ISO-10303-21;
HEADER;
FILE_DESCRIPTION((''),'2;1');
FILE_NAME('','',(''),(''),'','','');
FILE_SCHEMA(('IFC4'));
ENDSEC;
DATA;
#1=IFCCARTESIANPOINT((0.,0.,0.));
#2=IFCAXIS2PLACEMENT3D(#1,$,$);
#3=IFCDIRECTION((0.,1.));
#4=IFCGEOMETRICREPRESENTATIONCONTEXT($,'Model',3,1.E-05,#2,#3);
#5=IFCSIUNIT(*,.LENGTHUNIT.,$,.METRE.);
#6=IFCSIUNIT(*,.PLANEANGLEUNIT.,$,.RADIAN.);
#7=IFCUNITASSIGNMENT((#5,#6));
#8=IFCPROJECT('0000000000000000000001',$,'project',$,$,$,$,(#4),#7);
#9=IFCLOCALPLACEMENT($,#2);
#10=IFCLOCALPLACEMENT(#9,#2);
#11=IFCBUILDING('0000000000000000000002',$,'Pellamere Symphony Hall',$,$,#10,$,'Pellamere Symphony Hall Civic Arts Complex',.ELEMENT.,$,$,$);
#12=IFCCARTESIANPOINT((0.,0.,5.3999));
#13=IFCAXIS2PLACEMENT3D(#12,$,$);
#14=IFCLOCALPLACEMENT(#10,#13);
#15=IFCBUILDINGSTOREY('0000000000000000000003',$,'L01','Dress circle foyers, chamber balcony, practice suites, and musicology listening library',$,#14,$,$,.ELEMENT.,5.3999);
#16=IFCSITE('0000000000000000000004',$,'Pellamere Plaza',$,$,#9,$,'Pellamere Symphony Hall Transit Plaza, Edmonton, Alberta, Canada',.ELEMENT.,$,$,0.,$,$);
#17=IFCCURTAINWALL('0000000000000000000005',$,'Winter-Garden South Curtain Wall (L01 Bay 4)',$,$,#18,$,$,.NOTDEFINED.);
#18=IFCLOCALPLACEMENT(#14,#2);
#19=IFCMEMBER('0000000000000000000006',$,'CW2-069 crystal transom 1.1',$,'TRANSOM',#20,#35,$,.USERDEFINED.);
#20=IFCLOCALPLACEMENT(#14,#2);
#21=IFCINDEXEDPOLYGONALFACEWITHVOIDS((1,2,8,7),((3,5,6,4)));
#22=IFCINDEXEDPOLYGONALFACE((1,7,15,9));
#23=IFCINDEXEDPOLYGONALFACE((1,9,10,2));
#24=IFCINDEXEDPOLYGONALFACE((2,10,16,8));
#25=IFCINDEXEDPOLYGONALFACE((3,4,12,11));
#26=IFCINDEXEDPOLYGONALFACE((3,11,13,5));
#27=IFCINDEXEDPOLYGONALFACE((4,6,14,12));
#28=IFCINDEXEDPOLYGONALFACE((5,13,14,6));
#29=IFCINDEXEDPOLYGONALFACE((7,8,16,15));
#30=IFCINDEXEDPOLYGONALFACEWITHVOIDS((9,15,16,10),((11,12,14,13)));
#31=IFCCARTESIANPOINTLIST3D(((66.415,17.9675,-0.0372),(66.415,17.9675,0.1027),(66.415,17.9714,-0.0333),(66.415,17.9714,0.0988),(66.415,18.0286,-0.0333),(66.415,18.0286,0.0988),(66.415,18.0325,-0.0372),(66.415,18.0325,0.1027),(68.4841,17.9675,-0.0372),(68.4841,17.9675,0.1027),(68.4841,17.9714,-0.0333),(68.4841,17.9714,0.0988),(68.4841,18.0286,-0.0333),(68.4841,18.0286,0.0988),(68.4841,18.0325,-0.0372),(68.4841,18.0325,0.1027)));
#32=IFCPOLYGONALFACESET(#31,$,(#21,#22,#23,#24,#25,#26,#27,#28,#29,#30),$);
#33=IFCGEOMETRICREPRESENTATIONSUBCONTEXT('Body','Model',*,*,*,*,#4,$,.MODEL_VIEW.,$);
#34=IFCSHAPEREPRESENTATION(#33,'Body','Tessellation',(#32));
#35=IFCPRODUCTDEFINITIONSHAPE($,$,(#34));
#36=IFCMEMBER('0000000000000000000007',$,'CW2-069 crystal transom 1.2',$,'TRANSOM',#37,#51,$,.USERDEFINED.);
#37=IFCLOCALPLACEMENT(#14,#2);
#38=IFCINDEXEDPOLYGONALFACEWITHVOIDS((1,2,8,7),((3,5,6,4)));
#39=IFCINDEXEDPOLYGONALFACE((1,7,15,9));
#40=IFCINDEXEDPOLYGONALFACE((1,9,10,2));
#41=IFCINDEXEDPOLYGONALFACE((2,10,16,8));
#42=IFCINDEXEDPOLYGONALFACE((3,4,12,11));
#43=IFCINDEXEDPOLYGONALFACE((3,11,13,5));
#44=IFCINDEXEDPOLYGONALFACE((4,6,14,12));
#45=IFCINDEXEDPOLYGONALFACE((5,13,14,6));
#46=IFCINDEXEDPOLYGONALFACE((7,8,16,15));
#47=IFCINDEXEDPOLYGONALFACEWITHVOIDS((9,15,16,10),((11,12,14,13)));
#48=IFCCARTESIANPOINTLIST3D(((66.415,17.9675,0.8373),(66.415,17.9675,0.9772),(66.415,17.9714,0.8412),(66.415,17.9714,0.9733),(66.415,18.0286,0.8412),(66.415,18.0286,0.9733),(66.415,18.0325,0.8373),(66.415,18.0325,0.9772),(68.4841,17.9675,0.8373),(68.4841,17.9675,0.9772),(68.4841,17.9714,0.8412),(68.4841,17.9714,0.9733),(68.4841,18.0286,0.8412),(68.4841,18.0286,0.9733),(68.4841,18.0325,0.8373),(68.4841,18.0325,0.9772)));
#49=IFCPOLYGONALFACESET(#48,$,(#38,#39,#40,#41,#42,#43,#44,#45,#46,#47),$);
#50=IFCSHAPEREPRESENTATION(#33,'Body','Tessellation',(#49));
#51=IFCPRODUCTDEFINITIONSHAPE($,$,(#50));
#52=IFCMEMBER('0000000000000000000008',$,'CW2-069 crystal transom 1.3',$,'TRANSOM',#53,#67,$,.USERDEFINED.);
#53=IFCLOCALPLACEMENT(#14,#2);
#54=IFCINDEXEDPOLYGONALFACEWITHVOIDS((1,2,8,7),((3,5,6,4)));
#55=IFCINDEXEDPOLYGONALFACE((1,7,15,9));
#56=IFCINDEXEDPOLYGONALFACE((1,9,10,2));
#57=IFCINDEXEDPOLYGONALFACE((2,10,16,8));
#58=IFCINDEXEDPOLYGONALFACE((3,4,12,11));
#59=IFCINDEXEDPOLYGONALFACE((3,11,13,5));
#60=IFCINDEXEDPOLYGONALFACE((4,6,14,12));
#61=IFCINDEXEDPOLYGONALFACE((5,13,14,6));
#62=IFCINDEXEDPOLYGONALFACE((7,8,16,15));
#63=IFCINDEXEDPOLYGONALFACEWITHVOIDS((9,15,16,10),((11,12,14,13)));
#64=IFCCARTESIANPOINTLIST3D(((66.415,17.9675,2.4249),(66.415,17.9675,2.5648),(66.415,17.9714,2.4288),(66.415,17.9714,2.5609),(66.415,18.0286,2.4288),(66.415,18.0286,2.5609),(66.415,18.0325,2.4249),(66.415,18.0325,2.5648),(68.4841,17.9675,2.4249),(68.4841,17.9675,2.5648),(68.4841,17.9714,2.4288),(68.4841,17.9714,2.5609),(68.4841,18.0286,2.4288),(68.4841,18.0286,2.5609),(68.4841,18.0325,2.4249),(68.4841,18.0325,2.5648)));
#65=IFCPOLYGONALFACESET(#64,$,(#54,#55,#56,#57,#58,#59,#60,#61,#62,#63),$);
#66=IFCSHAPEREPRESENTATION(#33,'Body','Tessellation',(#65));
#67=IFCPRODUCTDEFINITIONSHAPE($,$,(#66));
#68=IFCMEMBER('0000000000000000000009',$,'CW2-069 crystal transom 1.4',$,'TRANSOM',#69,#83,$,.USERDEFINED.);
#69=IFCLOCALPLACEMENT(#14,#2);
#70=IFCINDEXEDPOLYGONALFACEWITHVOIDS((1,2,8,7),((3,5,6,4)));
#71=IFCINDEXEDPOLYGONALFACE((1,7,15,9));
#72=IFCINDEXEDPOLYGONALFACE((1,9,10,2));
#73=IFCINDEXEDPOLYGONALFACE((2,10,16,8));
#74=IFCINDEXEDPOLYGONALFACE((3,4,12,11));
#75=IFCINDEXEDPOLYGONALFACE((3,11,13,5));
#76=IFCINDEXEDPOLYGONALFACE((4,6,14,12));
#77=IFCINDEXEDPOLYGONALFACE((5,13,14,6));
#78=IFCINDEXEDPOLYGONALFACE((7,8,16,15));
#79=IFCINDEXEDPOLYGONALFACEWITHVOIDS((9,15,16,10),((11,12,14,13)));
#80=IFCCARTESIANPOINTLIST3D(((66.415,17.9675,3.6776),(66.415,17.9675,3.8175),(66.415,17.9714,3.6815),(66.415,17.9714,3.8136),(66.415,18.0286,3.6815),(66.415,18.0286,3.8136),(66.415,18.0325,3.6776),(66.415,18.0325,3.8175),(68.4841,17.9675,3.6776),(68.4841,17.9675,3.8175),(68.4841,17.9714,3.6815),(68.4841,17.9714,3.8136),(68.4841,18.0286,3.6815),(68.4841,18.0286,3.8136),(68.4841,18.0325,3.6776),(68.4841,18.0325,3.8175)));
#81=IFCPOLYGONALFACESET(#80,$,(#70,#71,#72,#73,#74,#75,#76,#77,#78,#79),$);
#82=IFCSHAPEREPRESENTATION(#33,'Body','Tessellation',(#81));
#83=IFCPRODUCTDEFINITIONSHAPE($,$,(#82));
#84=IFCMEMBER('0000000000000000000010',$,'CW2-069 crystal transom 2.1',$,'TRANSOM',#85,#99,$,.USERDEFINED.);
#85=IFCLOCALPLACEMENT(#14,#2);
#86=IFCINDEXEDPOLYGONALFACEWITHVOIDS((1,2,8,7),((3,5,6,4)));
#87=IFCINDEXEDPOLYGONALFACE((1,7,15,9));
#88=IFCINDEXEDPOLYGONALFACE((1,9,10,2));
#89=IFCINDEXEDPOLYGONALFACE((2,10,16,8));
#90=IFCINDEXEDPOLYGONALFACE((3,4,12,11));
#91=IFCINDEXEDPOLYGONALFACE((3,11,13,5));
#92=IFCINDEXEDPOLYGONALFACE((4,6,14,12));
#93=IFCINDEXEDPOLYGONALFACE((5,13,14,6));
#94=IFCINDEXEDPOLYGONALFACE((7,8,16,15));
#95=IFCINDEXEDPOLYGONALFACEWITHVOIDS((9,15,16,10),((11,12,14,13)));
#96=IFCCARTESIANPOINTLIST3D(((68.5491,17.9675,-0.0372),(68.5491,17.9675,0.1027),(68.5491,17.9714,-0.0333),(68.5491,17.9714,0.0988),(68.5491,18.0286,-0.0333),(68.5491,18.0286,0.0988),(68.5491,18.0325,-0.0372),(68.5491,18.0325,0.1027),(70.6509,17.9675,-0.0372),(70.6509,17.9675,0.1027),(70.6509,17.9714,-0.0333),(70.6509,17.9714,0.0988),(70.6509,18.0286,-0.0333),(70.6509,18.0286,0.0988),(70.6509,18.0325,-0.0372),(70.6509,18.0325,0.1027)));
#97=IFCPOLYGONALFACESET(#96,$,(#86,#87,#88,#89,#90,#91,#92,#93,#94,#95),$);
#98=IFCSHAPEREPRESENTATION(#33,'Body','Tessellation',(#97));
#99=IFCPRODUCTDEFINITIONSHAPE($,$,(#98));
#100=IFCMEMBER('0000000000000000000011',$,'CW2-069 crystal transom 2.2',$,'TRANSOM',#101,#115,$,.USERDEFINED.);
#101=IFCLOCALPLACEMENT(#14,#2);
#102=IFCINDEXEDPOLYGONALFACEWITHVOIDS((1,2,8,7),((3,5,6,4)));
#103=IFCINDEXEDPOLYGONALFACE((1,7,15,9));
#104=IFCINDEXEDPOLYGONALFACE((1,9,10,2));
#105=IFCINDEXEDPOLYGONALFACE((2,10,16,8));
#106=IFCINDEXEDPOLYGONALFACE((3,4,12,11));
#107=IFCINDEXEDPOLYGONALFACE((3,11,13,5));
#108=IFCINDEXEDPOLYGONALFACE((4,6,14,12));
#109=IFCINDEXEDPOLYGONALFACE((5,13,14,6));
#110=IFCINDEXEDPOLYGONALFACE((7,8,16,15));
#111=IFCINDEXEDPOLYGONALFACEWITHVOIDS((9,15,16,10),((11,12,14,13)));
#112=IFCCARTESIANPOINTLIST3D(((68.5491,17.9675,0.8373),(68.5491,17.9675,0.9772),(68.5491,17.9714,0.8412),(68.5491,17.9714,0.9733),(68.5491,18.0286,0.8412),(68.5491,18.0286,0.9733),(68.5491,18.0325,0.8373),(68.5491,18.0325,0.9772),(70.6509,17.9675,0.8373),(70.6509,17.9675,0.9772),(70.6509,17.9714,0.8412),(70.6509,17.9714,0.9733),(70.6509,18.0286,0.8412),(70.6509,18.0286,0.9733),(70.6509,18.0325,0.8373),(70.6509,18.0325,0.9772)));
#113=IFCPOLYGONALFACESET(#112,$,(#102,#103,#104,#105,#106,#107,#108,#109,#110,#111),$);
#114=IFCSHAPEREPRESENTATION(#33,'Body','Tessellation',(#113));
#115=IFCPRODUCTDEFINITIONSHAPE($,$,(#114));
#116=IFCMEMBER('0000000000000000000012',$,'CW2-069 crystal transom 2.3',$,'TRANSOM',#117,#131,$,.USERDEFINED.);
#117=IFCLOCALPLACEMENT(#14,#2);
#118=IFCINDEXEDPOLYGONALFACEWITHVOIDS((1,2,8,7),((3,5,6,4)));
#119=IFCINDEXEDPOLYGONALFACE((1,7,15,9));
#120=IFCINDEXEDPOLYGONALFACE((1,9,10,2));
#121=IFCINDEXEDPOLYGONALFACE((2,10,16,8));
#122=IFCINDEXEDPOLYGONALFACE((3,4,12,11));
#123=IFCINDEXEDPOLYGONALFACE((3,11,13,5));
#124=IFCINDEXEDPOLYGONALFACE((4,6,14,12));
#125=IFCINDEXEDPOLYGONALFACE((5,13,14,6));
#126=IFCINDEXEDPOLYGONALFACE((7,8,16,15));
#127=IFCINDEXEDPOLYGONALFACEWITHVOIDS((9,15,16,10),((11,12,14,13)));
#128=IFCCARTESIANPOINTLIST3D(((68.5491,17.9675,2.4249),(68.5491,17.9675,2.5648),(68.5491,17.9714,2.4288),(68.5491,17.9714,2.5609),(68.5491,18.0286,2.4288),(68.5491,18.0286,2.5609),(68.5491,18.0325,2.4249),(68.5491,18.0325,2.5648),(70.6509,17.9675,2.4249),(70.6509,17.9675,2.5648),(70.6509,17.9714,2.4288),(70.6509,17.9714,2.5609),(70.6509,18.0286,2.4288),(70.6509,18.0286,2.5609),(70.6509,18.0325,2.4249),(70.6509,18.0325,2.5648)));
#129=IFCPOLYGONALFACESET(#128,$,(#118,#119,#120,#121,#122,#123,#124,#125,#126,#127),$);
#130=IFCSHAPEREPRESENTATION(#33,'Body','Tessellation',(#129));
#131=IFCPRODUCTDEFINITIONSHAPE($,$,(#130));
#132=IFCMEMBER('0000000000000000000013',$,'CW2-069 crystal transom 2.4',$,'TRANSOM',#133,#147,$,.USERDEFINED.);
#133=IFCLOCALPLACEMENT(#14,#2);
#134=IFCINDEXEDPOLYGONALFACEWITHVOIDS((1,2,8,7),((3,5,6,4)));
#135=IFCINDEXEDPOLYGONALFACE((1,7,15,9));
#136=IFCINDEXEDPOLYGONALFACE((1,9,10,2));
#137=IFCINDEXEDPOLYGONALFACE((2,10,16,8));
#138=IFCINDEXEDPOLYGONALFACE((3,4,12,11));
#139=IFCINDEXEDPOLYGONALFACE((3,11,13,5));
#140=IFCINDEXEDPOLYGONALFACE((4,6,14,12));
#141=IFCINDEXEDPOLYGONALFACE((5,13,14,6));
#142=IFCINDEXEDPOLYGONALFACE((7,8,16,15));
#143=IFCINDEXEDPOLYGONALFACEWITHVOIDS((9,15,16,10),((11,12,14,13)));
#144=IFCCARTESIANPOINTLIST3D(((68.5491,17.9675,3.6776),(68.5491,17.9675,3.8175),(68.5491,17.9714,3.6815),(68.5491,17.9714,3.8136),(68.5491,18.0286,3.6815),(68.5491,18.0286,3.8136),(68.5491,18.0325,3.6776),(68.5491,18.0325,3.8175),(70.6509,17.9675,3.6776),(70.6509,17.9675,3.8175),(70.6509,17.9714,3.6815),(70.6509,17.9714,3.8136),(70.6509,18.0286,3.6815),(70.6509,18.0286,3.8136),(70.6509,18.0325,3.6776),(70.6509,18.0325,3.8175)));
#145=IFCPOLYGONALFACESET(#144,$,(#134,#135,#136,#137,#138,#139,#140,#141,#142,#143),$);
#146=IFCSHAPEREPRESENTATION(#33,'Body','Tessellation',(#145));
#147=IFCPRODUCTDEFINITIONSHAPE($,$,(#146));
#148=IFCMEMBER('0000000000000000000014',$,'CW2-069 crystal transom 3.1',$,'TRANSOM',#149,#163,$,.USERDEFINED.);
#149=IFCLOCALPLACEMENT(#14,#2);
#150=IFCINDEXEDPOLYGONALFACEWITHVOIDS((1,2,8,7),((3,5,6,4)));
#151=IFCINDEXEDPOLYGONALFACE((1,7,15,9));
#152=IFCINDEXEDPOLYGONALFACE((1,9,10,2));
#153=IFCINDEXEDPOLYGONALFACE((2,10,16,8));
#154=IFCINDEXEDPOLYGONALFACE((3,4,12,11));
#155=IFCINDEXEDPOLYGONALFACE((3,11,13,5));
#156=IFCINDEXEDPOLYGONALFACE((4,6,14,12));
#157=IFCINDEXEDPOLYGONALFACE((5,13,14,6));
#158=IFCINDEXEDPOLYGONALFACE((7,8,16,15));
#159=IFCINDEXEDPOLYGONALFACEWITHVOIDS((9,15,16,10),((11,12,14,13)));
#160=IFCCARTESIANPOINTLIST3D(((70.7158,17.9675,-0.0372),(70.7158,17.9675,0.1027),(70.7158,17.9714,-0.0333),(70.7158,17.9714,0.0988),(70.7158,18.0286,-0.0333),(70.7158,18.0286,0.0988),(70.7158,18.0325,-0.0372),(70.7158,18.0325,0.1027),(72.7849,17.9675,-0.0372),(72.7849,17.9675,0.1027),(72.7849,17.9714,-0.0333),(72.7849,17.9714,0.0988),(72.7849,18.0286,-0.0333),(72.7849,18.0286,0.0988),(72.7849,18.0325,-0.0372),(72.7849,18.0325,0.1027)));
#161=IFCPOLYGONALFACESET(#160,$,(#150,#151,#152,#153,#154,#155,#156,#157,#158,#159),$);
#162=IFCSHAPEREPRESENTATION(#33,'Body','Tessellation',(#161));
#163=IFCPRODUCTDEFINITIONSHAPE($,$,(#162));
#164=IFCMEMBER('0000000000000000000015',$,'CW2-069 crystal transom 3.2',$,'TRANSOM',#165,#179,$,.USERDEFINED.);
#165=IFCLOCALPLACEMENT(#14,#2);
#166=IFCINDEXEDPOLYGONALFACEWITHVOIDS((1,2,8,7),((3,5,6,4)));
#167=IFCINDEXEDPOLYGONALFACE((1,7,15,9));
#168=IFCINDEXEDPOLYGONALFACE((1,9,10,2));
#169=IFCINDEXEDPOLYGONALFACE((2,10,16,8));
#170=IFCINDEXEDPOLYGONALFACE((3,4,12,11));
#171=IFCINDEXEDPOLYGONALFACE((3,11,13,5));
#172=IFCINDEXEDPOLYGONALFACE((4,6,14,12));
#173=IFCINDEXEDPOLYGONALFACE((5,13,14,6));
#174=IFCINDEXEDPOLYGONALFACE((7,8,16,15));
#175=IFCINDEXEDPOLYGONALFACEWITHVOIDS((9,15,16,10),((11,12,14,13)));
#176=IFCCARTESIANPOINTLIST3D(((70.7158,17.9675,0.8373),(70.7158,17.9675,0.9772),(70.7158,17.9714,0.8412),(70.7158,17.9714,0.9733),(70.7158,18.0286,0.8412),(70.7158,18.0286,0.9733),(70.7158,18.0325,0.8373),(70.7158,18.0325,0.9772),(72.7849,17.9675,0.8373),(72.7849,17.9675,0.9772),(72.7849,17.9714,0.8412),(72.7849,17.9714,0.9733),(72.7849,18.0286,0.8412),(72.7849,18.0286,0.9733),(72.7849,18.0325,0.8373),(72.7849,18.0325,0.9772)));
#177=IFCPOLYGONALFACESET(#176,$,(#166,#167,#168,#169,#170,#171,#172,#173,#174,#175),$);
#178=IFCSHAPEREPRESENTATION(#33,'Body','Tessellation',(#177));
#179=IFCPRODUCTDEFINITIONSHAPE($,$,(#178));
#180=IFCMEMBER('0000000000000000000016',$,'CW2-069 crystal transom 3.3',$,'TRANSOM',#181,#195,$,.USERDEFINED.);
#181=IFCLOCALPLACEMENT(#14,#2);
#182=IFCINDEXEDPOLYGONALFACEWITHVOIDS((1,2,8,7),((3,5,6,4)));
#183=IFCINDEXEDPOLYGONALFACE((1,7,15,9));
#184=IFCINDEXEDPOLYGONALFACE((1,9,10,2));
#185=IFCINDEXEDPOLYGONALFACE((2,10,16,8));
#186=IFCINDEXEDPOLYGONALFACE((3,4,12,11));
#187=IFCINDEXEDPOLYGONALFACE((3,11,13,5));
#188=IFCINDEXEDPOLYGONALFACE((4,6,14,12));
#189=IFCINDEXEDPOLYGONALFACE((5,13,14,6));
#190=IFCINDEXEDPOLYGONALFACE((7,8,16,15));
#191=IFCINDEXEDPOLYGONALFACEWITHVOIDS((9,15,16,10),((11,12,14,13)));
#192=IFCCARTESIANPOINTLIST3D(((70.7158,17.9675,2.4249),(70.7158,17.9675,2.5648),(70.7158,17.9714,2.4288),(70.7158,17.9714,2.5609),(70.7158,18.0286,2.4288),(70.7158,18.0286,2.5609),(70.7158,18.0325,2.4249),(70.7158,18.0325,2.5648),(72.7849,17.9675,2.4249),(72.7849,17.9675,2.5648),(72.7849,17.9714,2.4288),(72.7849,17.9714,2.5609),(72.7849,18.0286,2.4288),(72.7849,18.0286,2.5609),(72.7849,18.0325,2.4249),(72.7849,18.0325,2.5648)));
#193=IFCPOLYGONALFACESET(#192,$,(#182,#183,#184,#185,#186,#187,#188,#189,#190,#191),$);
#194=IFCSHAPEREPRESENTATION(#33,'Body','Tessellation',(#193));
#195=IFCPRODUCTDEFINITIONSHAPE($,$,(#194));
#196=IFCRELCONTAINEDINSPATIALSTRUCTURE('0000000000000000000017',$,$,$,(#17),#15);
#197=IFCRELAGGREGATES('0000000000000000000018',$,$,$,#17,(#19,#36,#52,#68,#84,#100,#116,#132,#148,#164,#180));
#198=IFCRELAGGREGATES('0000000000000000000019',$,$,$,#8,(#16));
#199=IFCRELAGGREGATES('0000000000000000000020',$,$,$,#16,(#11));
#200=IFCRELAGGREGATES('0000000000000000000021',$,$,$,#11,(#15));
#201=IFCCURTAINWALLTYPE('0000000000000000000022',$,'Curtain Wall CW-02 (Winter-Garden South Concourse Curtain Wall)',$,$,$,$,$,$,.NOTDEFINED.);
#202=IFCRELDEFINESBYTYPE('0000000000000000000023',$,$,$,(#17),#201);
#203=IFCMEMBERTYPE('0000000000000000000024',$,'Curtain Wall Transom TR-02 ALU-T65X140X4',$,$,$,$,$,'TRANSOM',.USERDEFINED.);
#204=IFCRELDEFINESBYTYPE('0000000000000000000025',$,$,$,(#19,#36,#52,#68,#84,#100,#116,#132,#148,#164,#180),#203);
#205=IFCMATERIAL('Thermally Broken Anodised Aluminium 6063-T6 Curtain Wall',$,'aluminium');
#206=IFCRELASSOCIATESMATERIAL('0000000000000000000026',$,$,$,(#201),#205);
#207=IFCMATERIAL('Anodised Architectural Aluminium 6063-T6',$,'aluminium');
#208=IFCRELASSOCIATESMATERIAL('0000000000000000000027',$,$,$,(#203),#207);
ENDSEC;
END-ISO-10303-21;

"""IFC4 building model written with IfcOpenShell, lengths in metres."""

from ifc_helpers import new_model, si_unit, direction, frame, origin, origin_2d, place, context, subcontext, project, spatial, hollow_rectangle, extrude, material, material_profile, profile_set, type_object, element, aggregate, save


model = new_model("IFC4")

# Units and contexts
model_context = context("Model", 3, precision=1e-05, world=origin(), true_north=direction((0.0, 1.0)))
body_context = subcontext(model_context, "Body", "Model", "MODEL_VIEW")
ifc_project = project(units=[si_unit("LENGTHUNIT", "METRE"), si_unit("PLANEANGLEUNIT", "RADIAN")], contexts=[model_context])

# Site, building, storey
site_placement = place(None, origin())
site = spatial("IfcSite", under=ifc_project, at=site_placement, Name="Pellamere Plaza", LongName="Pellamere Symphony Hall Transit Plaza, Edmonton, Alberta, Canada", CompositionType="ELEMENT", RefElevation=0.0)
building_placement = place(site_placement, origin())
building = spatial("IfcBuilding", under=site, at=building_placement, Name="Pellamere Symphony Hall", LongName="Pellamere Symphony Hall Civic Arts Complex", CompositionType="ELEMENT")
storey_placement = place(building_placement, frame((0.0, 0.0, 5.3999)))
storey = spatial("IfcBuildingStorey", under=building, at=storey_placement, Name="L01", Description="Dress circle foyers, chamber balcony, practice suites, and musicology listening library", CompositionType="ELEMENT", Elevation=5.3999)

# Curtain wall, members
ifc_material_1 = material(Name="Thermally Broken Anodised Aluminium 6063-T6 Curtain Wall", Category="aluminium")
curtain_wall_type = type_object("IfcCurtainWallType", Name="Curtain Wall CW-02 (Winter-Garden South Concourse Curtain Wall)", PredefinedType="NOTDEFINED", material=ifc_material_1)
curtain_wall_placement = place(storey_placement, origin())
curtain_wall = element("IfcCurtainWall", 1, at=curtain_wall_placement, inside=storey, type_object=curtain_wall_type, Name="Winter-Garden South Curtain Wall (L01 Bay 4)", PredefinedType="NOTDEFINED")
ifc_material_2 = material(Name="Anodised Architectural Aluminium 6063-T6", Category="aluminium")
ifc_material_profile_1 = material_profile(ifc_material_2, hollow_rectangle(XDim=0.0649, YDim=0.1399, WallThickness=0.0039, at=origin_2d()), Name="ALU-T65X140X4")
ifc_profile_set_1 = profile_set([ifc_material_profile_1], Name="Anodised Architectural Aluminium 6063-T6")
member_type_1 = type_object("IfcMemberType", Name="Curtain Wall Transom TR-02 ALU-T65X140X4", ElementType="TRANSOM", PredefinedType="USERDEFINED", material=ifc_profile_set_1)
member_1_placement = place(storey_placement, frame((66.415, 18.0, 0.0327), z_axis=(1.0, 0.0, 0.0), x_axis=(0.0, 1.0, 0.0)))
member_1 = element("IfcMember", 2, at=member_1_placement, type_object=member_type_1, Name="CW2-069 crystal transom 1.1", ObjectType="TRANSOM", PredefinedType="USERDEFINED", context=body_context, shape_type="SweptSolid", body=[
    extrude(hollow_rectangle(XDim=0.0649, YDim=0.1399, WallThickness=0.0039, at=origin_2d()), origin(), (0.0, 0.0, 1.0), 2.0691),
])
member_2_placement = place(storey_placement, frame((66.415, 18.0, 0.9072), z_axis=(1.0, 0.0, 0.0), x_axis=(0.0, 1.0, 0.0)))
member_2 = element("IfcMember", 3, at=member_2_placement, type_object=member_type_1, Name="CW2-069 crystal transom 1.2", ObjectType="TRANSOM", PredefinedType="USERDEFINED", context=body_context, shape_type="SweptSolid", body=[
    extrude(hollow_rectangle(XDim=0.0649, YDim=0.1399, WallThickness=0.0039, at=origin_2d()), origin(), (0.0, 0.0, 1.0), 2.0691),
])
member_3_placement = place(storey_placement, frame((66.415, 18.0, 2.4949), z_axis=(1.0, 0.0, 0.0), x_axis=(0.0, 1.0, 0.0)))
member_3 = element("IfcMember", 4, at=member_3_placement, type_object=member_type_1, Name="CW2-069 crystal transom 1.3", ObjectType="TRANSOM", PredefinedType="USERDEFINED", context=body_context, shape_type="SweptSolid", body=[
    extrude(hollow_rectangle(XDim=0.0649, YDim=0.1399, WallThickness=0.0039, at=origin_2d()), origin(), (0.0, 0.0, 1.0), 2.0691),
])
member_4_placement = place(storey_placement, frame((66.415, 18.0, 3.7476), z_axis=(1.0, 0.0, 0.0), x_axis=(0.0, 1.0, 0.0)))
member_4 = element("IfcMember", 5, at=member_4_placement, type_object=member_type_1, Name="CW2-069 crystal transom 1.4", ObjectType="TRANSOM", PredefinedType="USERDEFINED", context=body_context, shape_type="SweptSolid", body=[
    extrude(hollow_rectangle(XDim=0.0649, YDim=0.1399, WallThickness=0.0039, at=origin_2d()), origin(), (0.0, 0.0, 1.0), 2.0691),
])
member_5_placement = place(storey_placement, frame((68.5491, 18.0, 0.0327), z_axis=(1.0, 0.0, 0.0), x_axis=(0.0, 1.0, 0.0)))
member_5 = element("IfcMember", 6, at=member_5_placement, type_object=member_type_1, Name="CW2-069 crystal transom 2.1", ObjectType="TRANSOM", PredefinedType="USERDEFINED", context=body_context, shape_type="SweptSolid", body=[
    extrude(hollow_rectangle(XDim=0.0649, YDim=0.1399, WallThickness=0.0039, at=origin_2d()), origin(), (0.0, 0.0, 1.0), 2.1018),
])
member_6_placement = place(storey_placement, frame((68.5491, 18.0, 0.9072), z_axis=(1.0, 0.0, 0.0), x_axis=(0.0, 1.0, 0.0)))
member_6 = element("IfcMember", 7, at=member_6_placement, type_object=member_type_1, Name="CW2-069 crystal transom 2.2", ObjectType="TRANSOM", PredefinedType="USERDEFINED", context=body_context, shape_type="SweptSolid", body=[
    extrude(hollow_rectangle(XDim=0.0649, YDim=0.1399, WallThickness=0.0039, at=origin_2d()), origin(), (0.0, 0.0, 1.0), 2.1018),
])
member_7_placement = place(storey_placement, frame((68.5491, 18.0, 2.4949), z_axis=(1.0, 0.0, 0.0), x_axis=(0.0, 1.0, 0.0)))
member_7 = element("IfcMember", 8, at=member_7_placement, type_object=member_type_1, Name="CW2-069 crystal transom 2.3", ObjectType="TRANSOM", PredefinedType="USERDEFINED", context=body_context, shape_type="SweptSolid", body=[
    extrude(hollow_rectangle(XDim=0.0649, YDim=0.1399, WallThickness=0.0039, at=origin_2d()), origin(), (0.0, 0.0, 1.0), 2.1018),
])
member_8_placement = place(storey_placement, frame((68.5491, 18.0, 3.7476), z_axis=(1.0, 0.0, 0.0), x_axis=(0.0, 1.0, 0.0)))
member_8 = element("IfcMember", 9, at=member_8_placement, type_object=member_type_1, Name="CW2-069 crystal transom 2.4", ObjectType="TRANSOM", PredefinedType="USERDEFINED", context=body_context, shape_type="SweptSolid", body=[
    extrude(hollow_rectangle(XDim=0.0649, YDim=0.1399, WallThickness=0.0039, at=origin_2d()), origin(), (0.0, 0.0, 1.0), 2.1018),
])
member_9_placement = place(storey_placement, frame((70.7158, 18.0, 0.0327), z_axis=(1.0, 0.0, 0.0), x_axis=(0.0, 1.0, 0.0)))
member_9 = element("IfcMember", 10, at=member_9_placement, type_object=member_type_1, Name="CW2-069 crystal transom 3.1", ObjectType="TRANSOM", PredefinedType="USERDEFINED", context=body_context, shape_type="SweptSolid", body=[
    extrude(hollow_rectangle(XDim=0.0649, YDim=0.1399, WallThickness=0.0039, at=origin_2d()), origin(), (0.0, 0.0, 1.0), 2.0691),
])
member_10_placement = place(storey_placement, frame((70.7158, 18.0, 0.9072), z_axis=(1.0, 0.0, 0.0), x_axis=(0.0, 1.0, 0.0)))
member_10 = element("IfcMember", 11, at=member_10_placement, type_object=member_type_1, Name="CW2-069 crystal transom 3.2", ObjectType="TRANSOM", PredefinedType="USERDEFINED", context=body_context, shape_type="SweptSolid", body=[
    extrude(hollow_rectangle(XDim=0.0649, YDim=0.1399, WallThickness=0.0039, at=origin_2d()), origin(), (0.0, 0.0, 1.0), 2.0691),
])
member_11_placement = place(storey_placement, frame((70.7158, 18.0, 2.4949), z_axis=(1.0, 0.0, 0.0), x_axis=(0.0, 1.0, 0.0)))
member_11 = element("IfcMember", 12, at=member_11_placement, type_object=member_type_1, Name="CW2-069 crystal transom 3.3", ObjectType="TRANSOM", PredefinedType="USERDEFINED", context=body_context, shape_type="SweptSolid", body=[
    extrude(hollow_rectangle(XDim=0.0649, YDim=0.1399, WallThickness=0.0039, at=origin_2d()), origin(), (0.0, 0.0, 1.0), 2.0691),
])

aggregate(curtain_wall, [member_1, member_2, member_3, member_4, member_5, member_6, member_7, member_8, member_9, member_10, member_11])

save(model, "model.ifc")
